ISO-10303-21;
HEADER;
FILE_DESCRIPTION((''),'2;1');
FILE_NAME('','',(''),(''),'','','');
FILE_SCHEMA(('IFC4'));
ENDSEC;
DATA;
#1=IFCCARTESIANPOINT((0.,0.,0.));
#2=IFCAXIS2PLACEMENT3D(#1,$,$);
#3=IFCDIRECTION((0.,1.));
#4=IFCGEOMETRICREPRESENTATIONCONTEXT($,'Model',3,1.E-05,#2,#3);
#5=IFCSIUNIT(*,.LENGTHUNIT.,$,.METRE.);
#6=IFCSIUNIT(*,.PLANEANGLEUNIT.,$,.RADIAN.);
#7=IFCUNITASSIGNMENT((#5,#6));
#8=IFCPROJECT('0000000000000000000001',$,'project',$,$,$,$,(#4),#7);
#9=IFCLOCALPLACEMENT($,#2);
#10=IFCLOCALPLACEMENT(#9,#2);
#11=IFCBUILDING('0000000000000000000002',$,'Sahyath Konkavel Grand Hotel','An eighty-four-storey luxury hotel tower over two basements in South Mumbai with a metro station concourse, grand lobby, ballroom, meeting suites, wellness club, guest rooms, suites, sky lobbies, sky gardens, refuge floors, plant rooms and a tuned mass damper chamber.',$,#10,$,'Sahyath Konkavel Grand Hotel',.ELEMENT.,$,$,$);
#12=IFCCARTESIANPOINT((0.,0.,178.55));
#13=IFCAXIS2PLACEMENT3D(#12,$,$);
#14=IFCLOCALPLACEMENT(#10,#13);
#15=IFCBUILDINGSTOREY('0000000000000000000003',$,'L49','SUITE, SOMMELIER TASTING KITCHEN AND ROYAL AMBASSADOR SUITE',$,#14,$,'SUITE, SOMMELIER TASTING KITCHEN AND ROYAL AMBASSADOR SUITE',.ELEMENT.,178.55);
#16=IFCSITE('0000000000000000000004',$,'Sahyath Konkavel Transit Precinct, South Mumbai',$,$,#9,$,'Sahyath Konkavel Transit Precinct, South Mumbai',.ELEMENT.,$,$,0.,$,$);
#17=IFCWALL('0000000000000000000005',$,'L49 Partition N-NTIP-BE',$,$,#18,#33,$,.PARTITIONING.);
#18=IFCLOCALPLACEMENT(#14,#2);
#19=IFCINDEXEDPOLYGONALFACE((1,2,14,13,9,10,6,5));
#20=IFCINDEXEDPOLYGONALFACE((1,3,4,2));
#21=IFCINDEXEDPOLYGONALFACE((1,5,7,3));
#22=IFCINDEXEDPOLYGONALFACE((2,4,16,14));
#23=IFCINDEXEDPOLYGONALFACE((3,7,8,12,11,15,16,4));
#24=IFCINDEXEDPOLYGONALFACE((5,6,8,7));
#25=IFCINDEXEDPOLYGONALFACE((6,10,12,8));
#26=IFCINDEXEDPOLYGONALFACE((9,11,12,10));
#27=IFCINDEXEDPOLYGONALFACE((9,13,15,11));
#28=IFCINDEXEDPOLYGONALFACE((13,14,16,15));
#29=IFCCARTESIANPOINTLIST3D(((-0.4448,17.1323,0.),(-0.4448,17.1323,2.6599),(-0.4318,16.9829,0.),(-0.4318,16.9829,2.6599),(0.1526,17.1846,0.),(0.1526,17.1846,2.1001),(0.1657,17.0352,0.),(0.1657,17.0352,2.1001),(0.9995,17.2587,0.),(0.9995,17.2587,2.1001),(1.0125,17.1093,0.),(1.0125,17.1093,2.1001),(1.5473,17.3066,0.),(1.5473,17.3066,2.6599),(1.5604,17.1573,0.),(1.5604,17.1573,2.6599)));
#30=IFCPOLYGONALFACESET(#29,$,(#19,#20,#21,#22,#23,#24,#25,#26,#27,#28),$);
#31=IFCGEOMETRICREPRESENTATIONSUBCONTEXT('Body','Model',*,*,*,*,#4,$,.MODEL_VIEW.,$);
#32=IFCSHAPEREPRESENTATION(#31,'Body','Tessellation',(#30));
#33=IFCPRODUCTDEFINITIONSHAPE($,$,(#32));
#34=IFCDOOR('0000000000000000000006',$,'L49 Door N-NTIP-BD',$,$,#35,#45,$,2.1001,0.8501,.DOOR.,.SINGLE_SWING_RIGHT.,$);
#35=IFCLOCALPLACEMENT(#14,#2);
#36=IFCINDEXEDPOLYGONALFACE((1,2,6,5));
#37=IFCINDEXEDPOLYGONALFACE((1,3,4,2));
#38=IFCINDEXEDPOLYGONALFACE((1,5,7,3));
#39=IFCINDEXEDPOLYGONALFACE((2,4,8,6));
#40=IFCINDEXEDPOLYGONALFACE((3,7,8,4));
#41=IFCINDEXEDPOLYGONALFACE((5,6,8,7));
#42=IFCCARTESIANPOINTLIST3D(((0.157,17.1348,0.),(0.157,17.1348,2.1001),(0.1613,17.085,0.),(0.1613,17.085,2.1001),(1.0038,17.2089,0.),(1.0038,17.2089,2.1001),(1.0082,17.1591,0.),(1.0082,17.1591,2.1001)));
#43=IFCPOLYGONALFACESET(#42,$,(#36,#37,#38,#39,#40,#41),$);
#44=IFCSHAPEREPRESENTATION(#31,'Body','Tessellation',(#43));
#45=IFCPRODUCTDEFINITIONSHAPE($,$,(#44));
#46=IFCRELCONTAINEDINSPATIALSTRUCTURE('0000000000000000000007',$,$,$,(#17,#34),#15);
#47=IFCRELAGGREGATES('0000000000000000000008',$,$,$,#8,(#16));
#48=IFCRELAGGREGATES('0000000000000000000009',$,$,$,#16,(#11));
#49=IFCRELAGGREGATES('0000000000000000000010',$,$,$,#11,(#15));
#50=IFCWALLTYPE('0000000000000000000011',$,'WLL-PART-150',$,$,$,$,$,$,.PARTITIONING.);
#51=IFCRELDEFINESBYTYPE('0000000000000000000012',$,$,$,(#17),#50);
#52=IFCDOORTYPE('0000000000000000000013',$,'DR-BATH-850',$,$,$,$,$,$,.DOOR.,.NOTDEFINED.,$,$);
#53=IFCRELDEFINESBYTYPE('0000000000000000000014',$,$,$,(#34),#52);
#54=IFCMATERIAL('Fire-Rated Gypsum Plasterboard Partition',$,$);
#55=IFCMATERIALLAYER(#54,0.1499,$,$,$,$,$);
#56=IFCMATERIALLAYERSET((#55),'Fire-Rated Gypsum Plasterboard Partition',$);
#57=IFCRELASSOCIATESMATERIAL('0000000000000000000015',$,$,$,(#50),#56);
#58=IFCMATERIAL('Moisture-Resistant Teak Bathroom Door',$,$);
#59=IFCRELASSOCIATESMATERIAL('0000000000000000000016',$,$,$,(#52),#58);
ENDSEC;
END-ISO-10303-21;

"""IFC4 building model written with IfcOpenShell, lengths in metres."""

from ifc_helpers import new_model, si_unit, direction, frame, frame_2d, origin, origin_2d, place, context, subcontext, project, spatial, rectangle, extrude, source, transform, mapped, material, layer, layer_set, type_object, element, fill, save


model = new_model("IFC4")

# Units and contexts
model_context = context("Model", 3, precision=1e-05, world=origin(), true_north=direction((0.0, 1.0)))
body_context = subcontext(model_context, "Body", "Model", "MODEL_VIEW")
ifc_project = project(units=[si_unit("LENGTHUNIT", "METRE"), si_unit("PLANEANGLEUNIT", "RADIAN")], contexts=[model_context])

# Site, building, storey
site_placement = place(None, origin())
site = spatial("IfcSite", under=ifc_project, at=site_placement, Name="Sahyath Konkavel Transit Precinct, South Mumbai", LongName="Sahyath Konkavel Transit Precinct, South Mumbai", CompositionType="ELEMENT", RefElevation=0.0)
building_placement = place(site_placement, origin())
building = spatial("IfcBuilding", under=site, at=building_placement, Name="Sahyath Konkavel Grand Hotel", Description="An eighty-four-storey luxury hotel tower over two basements in South Mumbai with a metro station concourse, grand lobby, ballroom, meeting suites, wellness club, guest rooms, suites, sky lobbies, sky gardens, refuge floors, plant rooms and a tuned mass damper chamber.", LongName="Sahyath Konkavel Grand Hotel", CompositionType="ELEMENT")
storey_placement = place(building_placement, frame((0.0, 0.0, 178.55)))
storey = spatial("IfcBuildingStorey", under=building, at=storey_placement, Name="L49", Description="SUITE, SOMMELIER TASTING KITCHEN AND ROYAL AMBASSADOR SUITE", LongName="SUITE, SOMMELIER TASTING KITCHEN AND ROYAL AMBASSADOR SUITE", CompositionType="ELEMENT", Elevation=178.55)

# Shared definitions
shared_shape_1 = source(origin(), body_context, "Body", "SweptSolid", [
    extrude(rectangle(XDim=0.8501, YDim=0.05, at=origin_2d()), origin(), (0.0, 0.0, 1.0), 2.1001),
])

# Shared definitions
ifc_material_1 = material(Name="Fire-Rated Gypsum Plasterboard Partition")
ifc_layer_1 = layer(ifc_material_1, 0.1499)
ifc_layer_set_1 = layer_set([ifc_layer_1], Name="Fire-Rated Gypsum Plasterboard Partition")
wall_type_1 = type_object("IfcWallType", Name="WLL-PART-150", PredefinedType="PARTITIONING", material=ifc_layer_set_1)

# Wall, opening, door
wall_1_placement = place(storey_placement, frame((1.554, 17.2319, 0.0), z_axis=(0.0, 0.0, 1.0), x_axis=(-0.996194, -0.087167, 0.0)))
wall_1 = element("IfcWall", 1, at=wall_1_placement, inside=storey, type_object=wall_type_1, Name="L49 Partition N-NTIP-BE", PredefinedType="PARTITIONING", context=body_context, shape_type="SweptSolid", body=[
    extrude(rectangle(XDim=1.9998, YDim=0.1499, at=frame_2d((1.0, 0.0))), origin(), (0.0, 0.0, 1.0), 2.6599),
])
opening_1_placement = place(wall_1_placement, frame((0.55, 0.0, 0.0)))
opening_1 = element("IfcOpeningElement", 2, at=opening_1_placement, cuts=wall_1, PredefinedType="OPENING", context=body_context, shape_type="SweptSolid", body=[
    extrude(rectangle(XDim=0.8501, YDim=2.1001, at=frame_2d((0.425, 1.05))), frame((0.0, 0.085, 0.0), z_axis=(0.0, -1.0, 0.0), x_axis=(1.0, 0.0, 0.0)), (0.0, 0.0, 1.0), 0.1699),
])
ifc_material_2 = material(Name="Moisture-Resistant Teak Bathroom Door")
door_type_1 = type_object("IfcDoorType", Name="DR-BATH-850", OperationType="NOTDEFINED", PredefinedType="DOOR", material=ifc_material_2)
door_1_placement = place(opening_1_placement, frame((0.425, 0.0, 0.0)))
door_1 = element("IfcDoor", 3, at=door_1_placement, inside=storey, type_object=door_type_1, Name="L49 Door N-NTIP-BD", OperationType="SINGLE_SWING_RIGHT", OverallHeight=2.1001, OverallWidth=0.8501, PredefinedType="DOOR", context=body_context, shape_type="MappedRepresentation", body=[
    mapped(shared_shape_1, transform((0.0, 0.0, 0.0), scale=1.0)),
])
fill(opening_1, door_1)

save(model, "model.ifc")
